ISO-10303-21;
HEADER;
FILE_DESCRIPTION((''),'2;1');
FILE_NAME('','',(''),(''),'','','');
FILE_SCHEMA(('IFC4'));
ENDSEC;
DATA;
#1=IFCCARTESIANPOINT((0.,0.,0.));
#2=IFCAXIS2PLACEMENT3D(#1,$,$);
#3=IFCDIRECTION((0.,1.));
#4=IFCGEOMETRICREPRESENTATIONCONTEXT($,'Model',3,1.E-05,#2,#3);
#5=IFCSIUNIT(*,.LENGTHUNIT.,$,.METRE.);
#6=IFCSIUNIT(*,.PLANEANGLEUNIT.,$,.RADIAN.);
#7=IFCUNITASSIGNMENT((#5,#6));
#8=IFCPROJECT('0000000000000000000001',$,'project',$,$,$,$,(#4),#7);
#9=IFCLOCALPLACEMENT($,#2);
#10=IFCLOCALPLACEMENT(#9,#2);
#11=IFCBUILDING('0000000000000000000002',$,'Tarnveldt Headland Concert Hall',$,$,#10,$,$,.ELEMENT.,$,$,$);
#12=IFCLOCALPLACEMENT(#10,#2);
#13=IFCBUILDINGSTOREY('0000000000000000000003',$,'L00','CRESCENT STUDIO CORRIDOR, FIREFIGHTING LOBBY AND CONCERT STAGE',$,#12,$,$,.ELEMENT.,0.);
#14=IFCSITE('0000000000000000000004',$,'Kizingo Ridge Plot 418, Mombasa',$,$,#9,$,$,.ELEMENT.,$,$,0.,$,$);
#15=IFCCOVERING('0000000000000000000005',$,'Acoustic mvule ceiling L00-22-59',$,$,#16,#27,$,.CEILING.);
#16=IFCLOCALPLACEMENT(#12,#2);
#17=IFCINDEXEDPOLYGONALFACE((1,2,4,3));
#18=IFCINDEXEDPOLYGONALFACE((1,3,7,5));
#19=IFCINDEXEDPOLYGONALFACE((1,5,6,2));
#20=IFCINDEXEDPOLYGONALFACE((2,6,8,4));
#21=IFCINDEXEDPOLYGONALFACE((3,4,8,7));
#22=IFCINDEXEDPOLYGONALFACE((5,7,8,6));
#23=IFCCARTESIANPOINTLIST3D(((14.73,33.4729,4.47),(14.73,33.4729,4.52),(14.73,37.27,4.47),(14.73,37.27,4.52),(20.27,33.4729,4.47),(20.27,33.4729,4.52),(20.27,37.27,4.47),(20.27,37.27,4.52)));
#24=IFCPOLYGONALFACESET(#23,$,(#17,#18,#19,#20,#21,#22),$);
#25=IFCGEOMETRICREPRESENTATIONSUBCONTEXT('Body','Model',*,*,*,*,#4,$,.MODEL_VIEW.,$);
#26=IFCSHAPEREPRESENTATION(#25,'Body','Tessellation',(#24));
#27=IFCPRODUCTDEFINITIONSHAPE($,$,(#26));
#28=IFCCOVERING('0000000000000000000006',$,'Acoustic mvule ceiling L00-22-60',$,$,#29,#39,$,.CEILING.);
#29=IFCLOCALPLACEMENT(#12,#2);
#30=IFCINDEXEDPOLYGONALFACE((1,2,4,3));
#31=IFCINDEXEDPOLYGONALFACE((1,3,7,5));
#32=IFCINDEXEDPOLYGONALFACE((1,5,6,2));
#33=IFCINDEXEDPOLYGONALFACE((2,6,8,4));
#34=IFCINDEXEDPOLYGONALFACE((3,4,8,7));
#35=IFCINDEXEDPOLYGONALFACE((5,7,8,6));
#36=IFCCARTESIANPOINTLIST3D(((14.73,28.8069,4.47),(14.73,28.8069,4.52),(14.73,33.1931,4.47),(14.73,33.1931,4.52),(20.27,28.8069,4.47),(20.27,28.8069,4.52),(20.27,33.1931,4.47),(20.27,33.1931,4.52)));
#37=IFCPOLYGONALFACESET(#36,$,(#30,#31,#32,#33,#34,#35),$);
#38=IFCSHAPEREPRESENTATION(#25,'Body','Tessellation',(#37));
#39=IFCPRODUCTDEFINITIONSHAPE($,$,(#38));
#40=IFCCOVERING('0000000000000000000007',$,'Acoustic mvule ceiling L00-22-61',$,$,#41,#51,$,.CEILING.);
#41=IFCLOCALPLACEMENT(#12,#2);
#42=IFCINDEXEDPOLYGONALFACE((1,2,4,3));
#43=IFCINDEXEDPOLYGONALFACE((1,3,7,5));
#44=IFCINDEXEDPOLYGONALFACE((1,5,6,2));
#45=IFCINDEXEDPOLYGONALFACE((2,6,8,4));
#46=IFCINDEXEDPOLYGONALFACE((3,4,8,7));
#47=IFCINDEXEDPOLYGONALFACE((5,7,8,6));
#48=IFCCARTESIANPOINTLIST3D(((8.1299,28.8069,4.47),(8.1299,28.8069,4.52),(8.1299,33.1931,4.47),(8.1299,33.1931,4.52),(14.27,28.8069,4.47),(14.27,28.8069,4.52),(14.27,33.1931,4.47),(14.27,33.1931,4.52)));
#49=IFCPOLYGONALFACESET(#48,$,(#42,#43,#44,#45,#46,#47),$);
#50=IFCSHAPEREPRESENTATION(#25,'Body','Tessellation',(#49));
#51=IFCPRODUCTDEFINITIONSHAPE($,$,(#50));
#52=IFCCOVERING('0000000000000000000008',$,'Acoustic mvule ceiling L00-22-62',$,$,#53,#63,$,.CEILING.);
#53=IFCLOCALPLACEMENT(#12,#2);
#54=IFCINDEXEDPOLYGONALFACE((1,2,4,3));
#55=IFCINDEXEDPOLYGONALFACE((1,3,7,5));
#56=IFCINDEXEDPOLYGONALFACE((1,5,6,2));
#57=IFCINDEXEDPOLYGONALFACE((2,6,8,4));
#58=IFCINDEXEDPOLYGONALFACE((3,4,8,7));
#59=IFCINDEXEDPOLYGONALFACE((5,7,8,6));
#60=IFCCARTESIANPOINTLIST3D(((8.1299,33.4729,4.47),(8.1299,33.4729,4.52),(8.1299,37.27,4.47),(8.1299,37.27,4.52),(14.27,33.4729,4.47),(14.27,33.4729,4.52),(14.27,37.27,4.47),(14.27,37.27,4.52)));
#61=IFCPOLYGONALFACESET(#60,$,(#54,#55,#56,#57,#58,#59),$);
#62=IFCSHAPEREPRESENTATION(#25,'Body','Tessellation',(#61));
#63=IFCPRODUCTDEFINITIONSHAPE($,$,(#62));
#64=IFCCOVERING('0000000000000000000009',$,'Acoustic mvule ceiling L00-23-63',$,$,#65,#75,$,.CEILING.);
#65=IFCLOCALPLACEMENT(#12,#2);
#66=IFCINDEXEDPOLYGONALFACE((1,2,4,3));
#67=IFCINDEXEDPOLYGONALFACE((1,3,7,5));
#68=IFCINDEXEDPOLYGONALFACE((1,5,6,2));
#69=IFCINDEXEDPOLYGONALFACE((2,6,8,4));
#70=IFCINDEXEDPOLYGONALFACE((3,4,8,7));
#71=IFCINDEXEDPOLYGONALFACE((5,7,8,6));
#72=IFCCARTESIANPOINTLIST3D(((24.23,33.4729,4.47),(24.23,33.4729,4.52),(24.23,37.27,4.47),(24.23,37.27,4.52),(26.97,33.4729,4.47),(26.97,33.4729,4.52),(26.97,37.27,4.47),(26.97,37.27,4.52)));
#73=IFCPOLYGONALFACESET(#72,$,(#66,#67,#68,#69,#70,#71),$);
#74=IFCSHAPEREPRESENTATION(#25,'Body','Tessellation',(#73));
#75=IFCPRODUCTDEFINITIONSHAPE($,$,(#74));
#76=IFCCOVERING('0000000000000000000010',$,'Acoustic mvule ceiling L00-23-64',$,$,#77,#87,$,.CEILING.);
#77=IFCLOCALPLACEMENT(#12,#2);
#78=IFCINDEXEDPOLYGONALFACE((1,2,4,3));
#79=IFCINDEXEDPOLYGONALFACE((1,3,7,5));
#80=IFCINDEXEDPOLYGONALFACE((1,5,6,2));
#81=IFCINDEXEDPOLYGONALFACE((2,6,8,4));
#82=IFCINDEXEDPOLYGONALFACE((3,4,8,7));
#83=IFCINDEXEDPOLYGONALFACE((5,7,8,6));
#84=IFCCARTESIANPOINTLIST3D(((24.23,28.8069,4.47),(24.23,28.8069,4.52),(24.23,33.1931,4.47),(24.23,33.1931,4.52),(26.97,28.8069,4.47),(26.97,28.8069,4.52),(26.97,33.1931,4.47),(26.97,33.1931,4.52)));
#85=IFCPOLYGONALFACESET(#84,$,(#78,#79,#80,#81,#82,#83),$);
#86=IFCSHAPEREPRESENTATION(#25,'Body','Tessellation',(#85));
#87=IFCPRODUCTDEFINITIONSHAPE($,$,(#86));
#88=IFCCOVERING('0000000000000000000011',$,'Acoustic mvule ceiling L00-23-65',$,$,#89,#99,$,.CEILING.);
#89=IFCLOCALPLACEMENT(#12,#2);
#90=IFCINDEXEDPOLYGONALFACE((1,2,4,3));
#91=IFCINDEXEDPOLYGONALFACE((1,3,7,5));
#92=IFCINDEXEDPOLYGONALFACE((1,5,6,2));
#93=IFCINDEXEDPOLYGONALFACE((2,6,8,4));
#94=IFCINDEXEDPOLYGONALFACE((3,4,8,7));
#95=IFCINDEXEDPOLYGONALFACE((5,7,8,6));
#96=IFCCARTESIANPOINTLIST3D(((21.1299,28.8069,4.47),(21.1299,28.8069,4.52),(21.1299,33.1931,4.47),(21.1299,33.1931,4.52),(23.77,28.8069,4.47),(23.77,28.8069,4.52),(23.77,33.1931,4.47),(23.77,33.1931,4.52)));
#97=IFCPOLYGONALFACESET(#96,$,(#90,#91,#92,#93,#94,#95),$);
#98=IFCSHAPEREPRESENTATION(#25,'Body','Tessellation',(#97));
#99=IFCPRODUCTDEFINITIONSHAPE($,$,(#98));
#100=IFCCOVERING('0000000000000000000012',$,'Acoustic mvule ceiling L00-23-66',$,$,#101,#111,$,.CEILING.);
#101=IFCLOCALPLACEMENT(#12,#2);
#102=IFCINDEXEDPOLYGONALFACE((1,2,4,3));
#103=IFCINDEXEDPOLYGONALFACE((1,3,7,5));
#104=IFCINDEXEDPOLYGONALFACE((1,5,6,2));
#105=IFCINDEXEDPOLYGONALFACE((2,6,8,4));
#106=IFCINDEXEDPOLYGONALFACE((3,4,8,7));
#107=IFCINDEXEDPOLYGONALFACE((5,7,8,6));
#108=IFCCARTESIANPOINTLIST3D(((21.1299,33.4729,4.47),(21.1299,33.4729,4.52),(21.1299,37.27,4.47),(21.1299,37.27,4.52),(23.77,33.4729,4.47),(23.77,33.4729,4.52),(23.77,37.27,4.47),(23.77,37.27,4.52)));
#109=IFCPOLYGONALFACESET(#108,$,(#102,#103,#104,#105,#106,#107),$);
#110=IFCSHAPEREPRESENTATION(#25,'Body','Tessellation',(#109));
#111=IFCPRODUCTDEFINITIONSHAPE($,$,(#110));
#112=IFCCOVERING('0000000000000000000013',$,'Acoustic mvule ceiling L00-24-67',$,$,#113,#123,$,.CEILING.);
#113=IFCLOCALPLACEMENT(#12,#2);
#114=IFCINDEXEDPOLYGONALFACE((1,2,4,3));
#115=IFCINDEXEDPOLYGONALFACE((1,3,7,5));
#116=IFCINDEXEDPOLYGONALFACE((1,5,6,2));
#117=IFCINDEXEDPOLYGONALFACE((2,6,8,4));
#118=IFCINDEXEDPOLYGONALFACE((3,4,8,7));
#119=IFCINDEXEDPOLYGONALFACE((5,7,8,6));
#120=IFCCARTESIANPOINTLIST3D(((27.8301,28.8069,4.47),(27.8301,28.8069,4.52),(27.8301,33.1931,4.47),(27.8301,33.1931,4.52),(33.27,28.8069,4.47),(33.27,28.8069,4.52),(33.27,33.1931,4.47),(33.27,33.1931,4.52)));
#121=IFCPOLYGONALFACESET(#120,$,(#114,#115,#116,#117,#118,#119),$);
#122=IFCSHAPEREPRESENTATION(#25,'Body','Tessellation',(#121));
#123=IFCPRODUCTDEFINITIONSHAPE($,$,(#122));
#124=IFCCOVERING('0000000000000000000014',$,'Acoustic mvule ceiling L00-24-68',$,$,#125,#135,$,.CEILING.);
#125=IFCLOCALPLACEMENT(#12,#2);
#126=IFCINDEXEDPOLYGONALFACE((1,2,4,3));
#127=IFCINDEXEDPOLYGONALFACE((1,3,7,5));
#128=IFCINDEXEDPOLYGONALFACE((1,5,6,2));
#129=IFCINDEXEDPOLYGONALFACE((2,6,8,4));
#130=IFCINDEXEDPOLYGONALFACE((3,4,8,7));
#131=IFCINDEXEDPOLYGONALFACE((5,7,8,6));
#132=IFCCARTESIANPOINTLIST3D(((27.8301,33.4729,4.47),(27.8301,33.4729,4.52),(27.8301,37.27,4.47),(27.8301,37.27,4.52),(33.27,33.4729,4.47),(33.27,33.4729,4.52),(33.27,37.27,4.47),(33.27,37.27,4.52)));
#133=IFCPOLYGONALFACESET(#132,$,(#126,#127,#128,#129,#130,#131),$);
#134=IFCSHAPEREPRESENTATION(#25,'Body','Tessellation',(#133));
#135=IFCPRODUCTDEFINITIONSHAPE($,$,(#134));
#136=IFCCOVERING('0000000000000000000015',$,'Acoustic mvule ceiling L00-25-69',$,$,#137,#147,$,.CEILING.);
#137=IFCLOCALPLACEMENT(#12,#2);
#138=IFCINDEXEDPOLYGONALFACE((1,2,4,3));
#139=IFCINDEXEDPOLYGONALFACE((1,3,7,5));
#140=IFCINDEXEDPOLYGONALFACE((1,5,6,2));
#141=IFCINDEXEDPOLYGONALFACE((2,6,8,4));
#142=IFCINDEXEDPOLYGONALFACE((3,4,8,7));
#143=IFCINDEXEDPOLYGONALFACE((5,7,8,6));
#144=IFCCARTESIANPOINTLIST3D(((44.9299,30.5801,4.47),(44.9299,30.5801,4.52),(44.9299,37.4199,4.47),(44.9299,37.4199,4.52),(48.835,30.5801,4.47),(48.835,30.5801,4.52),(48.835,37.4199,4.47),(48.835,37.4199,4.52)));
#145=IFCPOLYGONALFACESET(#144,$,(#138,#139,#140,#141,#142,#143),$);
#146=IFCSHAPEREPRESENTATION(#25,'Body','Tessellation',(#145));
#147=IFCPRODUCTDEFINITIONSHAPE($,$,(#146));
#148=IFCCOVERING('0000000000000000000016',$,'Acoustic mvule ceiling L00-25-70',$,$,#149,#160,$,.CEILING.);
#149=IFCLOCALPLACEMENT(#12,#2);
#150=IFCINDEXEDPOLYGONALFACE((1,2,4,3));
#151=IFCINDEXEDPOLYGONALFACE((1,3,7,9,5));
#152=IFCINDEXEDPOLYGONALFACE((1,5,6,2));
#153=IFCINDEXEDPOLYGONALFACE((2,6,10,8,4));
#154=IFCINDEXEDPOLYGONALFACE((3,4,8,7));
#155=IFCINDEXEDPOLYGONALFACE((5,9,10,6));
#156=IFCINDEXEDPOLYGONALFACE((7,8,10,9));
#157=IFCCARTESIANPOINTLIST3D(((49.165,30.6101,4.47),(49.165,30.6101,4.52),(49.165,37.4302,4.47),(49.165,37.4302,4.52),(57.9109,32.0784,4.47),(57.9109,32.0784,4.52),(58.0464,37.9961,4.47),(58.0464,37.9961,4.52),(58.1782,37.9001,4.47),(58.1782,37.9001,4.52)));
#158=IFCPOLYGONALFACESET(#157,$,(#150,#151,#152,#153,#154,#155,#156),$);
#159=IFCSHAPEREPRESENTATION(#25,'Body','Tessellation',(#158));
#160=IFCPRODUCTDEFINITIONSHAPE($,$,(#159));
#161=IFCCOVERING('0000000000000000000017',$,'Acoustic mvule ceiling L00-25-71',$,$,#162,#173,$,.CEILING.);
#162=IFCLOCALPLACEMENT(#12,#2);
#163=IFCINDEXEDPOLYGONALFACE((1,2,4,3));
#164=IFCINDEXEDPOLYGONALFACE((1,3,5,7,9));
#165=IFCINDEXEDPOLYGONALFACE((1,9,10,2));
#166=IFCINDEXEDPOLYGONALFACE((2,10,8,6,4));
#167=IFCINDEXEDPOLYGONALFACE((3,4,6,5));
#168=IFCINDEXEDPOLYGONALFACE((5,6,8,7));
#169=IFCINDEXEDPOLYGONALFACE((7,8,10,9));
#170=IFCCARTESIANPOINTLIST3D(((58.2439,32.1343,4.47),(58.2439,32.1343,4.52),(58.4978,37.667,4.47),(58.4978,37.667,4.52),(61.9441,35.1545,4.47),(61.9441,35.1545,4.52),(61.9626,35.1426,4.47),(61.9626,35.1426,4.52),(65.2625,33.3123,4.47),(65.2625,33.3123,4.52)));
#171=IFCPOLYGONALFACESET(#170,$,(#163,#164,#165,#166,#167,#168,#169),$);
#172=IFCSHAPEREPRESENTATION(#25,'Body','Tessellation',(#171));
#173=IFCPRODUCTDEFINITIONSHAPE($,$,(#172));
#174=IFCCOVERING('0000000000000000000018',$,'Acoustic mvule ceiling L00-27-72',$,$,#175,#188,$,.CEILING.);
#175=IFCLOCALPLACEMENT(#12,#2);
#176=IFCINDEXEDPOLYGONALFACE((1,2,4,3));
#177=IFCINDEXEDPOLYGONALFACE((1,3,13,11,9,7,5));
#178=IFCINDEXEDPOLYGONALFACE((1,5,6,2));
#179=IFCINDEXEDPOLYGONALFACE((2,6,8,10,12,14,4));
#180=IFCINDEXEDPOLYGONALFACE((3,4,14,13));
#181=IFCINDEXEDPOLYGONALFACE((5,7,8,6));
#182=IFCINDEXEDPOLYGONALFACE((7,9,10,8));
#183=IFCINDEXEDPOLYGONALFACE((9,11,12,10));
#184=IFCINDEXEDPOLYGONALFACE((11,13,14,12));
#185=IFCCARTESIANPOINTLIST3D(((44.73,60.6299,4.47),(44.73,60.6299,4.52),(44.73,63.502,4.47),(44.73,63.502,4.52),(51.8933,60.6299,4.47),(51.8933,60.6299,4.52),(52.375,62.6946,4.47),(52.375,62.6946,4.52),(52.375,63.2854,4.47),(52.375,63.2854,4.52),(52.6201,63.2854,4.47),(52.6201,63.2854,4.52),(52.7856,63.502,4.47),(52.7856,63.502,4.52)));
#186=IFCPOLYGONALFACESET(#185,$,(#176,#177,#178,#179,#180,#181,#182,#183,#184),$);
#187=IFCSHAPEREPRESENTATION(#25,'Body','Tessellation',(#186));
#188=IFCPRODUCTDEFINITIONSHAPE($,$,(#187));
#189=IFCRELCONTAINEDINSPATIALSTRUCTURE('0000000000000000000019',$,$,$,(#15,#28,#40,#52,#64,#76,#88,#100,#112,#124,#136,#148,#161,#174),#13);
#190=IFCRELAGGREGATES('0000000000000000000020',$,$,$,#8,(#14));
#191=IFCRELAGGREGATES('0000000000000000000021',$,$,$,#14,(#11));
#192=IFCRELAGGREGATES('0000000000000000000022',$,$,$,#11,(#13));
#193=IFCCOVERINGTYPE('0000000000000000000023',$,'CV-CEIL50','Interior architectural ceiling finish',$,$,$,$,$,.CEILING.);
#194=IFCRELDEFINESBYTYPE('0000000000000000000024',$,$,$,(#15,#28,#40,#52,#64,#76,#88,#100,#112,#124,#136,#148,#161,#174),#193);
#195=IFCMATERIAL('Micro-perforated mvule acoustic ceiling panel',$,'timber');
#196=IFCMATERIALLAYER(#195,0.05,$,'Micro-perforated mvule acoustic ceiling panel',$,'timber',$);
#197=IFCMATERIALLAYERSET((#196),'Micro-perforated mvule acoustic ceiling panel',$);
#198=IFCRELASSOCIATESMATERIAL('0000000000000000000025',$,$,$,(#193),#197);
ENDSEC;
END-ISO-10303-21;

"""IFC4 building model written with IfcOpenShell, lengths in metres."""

from ifc_helpers import new_model, si_unit, direction, frame, origin, place, context, subcontext, project, spatial, polyline, outline, extrude, material, layer, layer_set, type_object, element, save


model = new_model("IFC4")

# Units and contexts
model_context = context("Model", 3, precision=1e-05, world=origin(), true_north=direction((0.0, 1.0)))
body_context = subcontext(model_context, "Body", "Model", "MODEL_VIEW")
ifc_project = project(units=[si_unit("LENGTHUNIT", "METRE"), si_unit("PLANEANGLEUNIT", "RADIAN")], contexts=[model_context])

# Site, building, storey
site_placement = place(None, origin())
site = spatial("IfcSite", under=ifc_project, at=site_placement, Name="Kizingo Ridge Plot 418, Mombasa", CompositionType="ELEMENT", RefElevation=0.0)
building_placement = place(site_placement, origin())
building = spatial("IfcBuilding", under=site, at=building_placement, Name="Tarnveldt Headland Concert Hall", CompositionType="ELEMENT")
storey_placement = place(building_placement, origin())
storey = spatial("IfcBuildingStorey", under=building, at=storey_placement, Name="L00", Description="CRESCENT STUDIO CORRIDOR, FIREFIGHTING LOBBY AND CONCERT STAGE", CompositionType="ELEMENT", Elevation=0.0)

# Coverings
ifc_material_1 = material(Name="Micro-perforated mvule acoustic ceiling panel", Category="timber")
ifc_layer_1 = layer(ifc_material_1, 0.05, Name="Micro-perforated mvule acoustic ceiling panel", Category="timber")
ifc_layer_set_1 = layer_set([ifc_layer_1], Name="Micro-perforated mvule acoustic ceiling panel")
covering_type = type_object("IfcCoveringType", Name="CV-CEIL50", Description="Interior architectural ceiling finish", PredefinedType="CEILING", material=ifc_layer_set_1)
covering_1_placement = place(storey_placement, frame((0.0, 0.0, 4.47)))
element("IfcCovering", 1, at=covering_1_placement, inside=storey, type_object=covering_type, Name="Acoustic mvule ceiling L00-22-59", PredefinedType="CEILING", context=body_context, shape_type="SweptSolid", body=[
    extrude(outline(polyline([(20.27, 33.4729), (14.73, 33.4729), (14.73, 37.27), (20.27, 37.27), (20.27, 33.4729)])), origin(), (0.0, 0.0, 1.0), 0.05),
])
covering_2_placement = place(storey_placement, frame((0.0, 0.0, 4.47)))
element("IfcCovering", 2, at=covering_2_placement, inside=storey, type_object=covering_type, Name="Acoustic mvule ceiling L00-22-60", PredefinedType="CEILING", context=body_context, shape_type="SweptSolid", body=[
    extrude(outline(polyline([(14.73, 28.8069), (14.73, 33.1931), (20.27, 33.1931), (20.27, 28.8069), (14.73, 28.8069)])), origin(), (0.0, 0.0, 1.0), 0.05),
])
covering_3_placement = place(storey_placement, frame((0.0, 0.0, 4.47)))
element("IfcCovering", 3, at=covering_3_placement, inside=storey, type_object=covering_type, Name="Acoustic mvule ceiling L00-22-61", PredefinedType="CEILING", context=body_context, shape_type="SweptSolid", body=[
    extrude(outline(polyline([(14.27, 28.8069), (8.1299, 28.8069), (8.1299, 33.1931), (14.27, 33.1931), (14.27, 28.8069)])), origin(), (0.0, 0.0, 1.0), 0.05),
])
covering_4_placement = place(storey_placement, frame((0.0, 0.0, 4.47)))
element("IfcCovering", 4, at=covering_4_placement, inside=storey, type_object=covering_type, Name="Acoustic mvule ceiling L00-22-62", PredefinedType="CEILING", context=body_context, shape_type="SweptSolid", body=[
    extrude(outline(polyline([(14.27, 33.4729), (8.1299, 33.4729), (8.1299, 37.27), (14.27, 37.27), (14.27, 33.4729)])), origin(), (0.0, 0.0, 1.0), 0.05),
])
covering_5_placement = place(storey_placement, frame((0.0, 0.0, 4.47)))
element("IfcCovering", 5, at=covering_5_placement, inside=storey, type_object=covering_type, Name="Acoustic mvule ceiling L00-23-63", PredefinedType="CEILING", context=body_context, shape_type="SweptSolid", body=[
    extrude(outline(polyline([(26.97, 33.4729), (24.23, 33.4729), (24.23, 37.27), (26.97, 37.27), (26.97, 33.4729)])), origin(), (0.0, 0.0, 1.0), 0.05),
])
covering_6_placement = place(storey_placement, frame((0.0, 0.0, 4.47)))
element("IfcCovering", 6, at=covering_6_placement, inside=storey, type_object=covering_type, Name="Acoustic mvule ceiling L00-23-64", PredefinedType="CEILING", context=body_context, shape_type="SweptSolid", body=[
    extrude(outline(polyline([(24.23, 28.8069), (24.23, 33.1931), (26.97, 33.1931), (26.97, 28.8069), (24.23, 28.8069)])), origin(), (0.0, 0.0, 1.0), 0.05),
])
covering_7_placement = place(storey_placement, frame((0.0, 0.0, 4.47)))
element("IfcCovering", 7, at=covering_7_placement, inside=storey, type_object=covering_type, Name="Acoustic mvule ceiling L00-23-65", PredefinedType="CEILING", context=body_context, shape_type="SweptSolid", body=[
    extrude(outline(polyline([(23.77, 28.8069), (21.1299, 28.8069), (21.1299, 33.1931), (23.77, 33.1931), (23.77, 28.8069)])), origin(), (0.0, 0.0, 1.0), 0.05),
])
covering_8_placement = place(storey_placement, frame((0.0, 0.0, 4.47)))
element("IfcCovering", 8, at=covering_8_placement, inside=storey, type_object=covering_type, Name="Acoustic mvule ceiling L00-23-66", PredefinedType="CEILING", context=body_context, shape_type="SweptSolid", body=[
    extrude(outline(polyline([(23.77, 33.4729), (21.1299, 33.4729), (21.1299, 37.27), (23.77, 37.27), (23.77, 33.4729)])), origin(), (0.0, 0.0, 1.0), 0.05),
])
covering_9_placement = place(storey_placement, frame((0.0, 0.0, 4.47)))
element("IfcCovering", 9, at=covering_9_placement, inside=storey, type_object=covering_type, Name="Acoustic mvule ceiling L00-24-67", PredefinedType="CEILING", context=body_context, shape_type="SweptSolid", body=[
    extrude(outline(polyline([(33.27, 28.8069), (27.8301, 28.8069), (27.8301, 33.1931), (33.27, 33.1931), (33.27, 28.8069)])), origin(), (0.0, 0.0, 1.0), 0.05),
])
covering_10_placement = place(storey_placement, frame((0.0, 0.0, 4.47)))
element("IfcCovering", 10, at=covering_10_placement, inside=storey, type_object=covering_type, Name="Acoustic mvule ceiling L00-24-68", PredefinedType="CEILING", context=body_context, shape_type="SweptSolid", body=[
    extrude(outline(polyline([(33.27, 33.4729), (27.8301, 33.4729), (27.8301, 37.27), (33.27, 37.27), (33.27, 33.4729)])), origin(), (0.0, 0.0, 1.0), 0.05),
])
covering_11_placement = place(storey_placement, frame((0.0, 0.0, 4.47)))
element("IfcCovering", 11, at=covering_11_placement, inside=storey, type_object=covering_type, Name="Acoustic mvule ceiling L00-25-69", PredefinedType="CEILING", context=body_context, shape_type="SweptSolid", body=[
    extrude(outline(polyline([(48.835, 30.5801), (44.9299, 30.5801), (44.9299, 37.4199), (48.835, 37.4199), (48.835, 30.5801)])), origin(), (0.0, 0.0, 1.0), 0.05),
])
covering_12_placement = place(storey_placement, frame((0.0, 0.0, 4.47)))
element("IfcCovering", 12, at=covering_12_placement, inside=storey, type_object=covering_type, Name="Acoustic mvule ceiling L00-25-70", PredefinedType="CEILING", context=body_context, shape_type="SweptSolid", body=[
    extrude(outline(polyline([(57.9109, 32.0784), (49.165, 30.6101), (49.165, 37.4302), (58.0464, 37.9961), (58.1782, 37.9001), (57.9109, 32.0784)])), origin(), (0.0, 0.0, 1.0), 0.05),
])
covering_13_placement = place(storey_placement, frame((0.0, 0.0, 4.47)))
element("IfcCovering", 13, at=covering_13_placement, inside=storey, type_object=covering_type, Name="Acoustic mvule ceiling L00-25-71", PredefinedType="CEILING", context=body_context, shape_type="SweptSolid", body=[
    extrude(outline(polyline([(61.9626, 35.1426), (65.2625, 33.3123), (58.2439, 32.1343), (58.4978, 37.667), (61.9441, 35.1545), (61.9626, 35.1426)])), origin(), (0.0, 0.0, 1.0), 0.05),
])
covering_14_placement = place(storey_placement, frame((0.0, 0.0, 4.47)))
element("IfcCovering", 14, at=covering_14_placement, inside=storey, type_object=covering_type, Name="Acoustic mvule ceiling L00-27-72", PredefinedType="CEILING", context=body_context, shape_type="SweptSolid", body=[
    extrude(outline(polyline([(44.73, 63.502), (52.7856, 63.502), (52.6201, 63.2854), (52.375, 63.2854), (52.375, 62.6946), (51.8933, 60.6299), (44.73, 60.6299), (44.73, 63.502)])), origin(), (0.0, 0.0, 1.0), 0.05),
])

save(model, "model.ifc")
